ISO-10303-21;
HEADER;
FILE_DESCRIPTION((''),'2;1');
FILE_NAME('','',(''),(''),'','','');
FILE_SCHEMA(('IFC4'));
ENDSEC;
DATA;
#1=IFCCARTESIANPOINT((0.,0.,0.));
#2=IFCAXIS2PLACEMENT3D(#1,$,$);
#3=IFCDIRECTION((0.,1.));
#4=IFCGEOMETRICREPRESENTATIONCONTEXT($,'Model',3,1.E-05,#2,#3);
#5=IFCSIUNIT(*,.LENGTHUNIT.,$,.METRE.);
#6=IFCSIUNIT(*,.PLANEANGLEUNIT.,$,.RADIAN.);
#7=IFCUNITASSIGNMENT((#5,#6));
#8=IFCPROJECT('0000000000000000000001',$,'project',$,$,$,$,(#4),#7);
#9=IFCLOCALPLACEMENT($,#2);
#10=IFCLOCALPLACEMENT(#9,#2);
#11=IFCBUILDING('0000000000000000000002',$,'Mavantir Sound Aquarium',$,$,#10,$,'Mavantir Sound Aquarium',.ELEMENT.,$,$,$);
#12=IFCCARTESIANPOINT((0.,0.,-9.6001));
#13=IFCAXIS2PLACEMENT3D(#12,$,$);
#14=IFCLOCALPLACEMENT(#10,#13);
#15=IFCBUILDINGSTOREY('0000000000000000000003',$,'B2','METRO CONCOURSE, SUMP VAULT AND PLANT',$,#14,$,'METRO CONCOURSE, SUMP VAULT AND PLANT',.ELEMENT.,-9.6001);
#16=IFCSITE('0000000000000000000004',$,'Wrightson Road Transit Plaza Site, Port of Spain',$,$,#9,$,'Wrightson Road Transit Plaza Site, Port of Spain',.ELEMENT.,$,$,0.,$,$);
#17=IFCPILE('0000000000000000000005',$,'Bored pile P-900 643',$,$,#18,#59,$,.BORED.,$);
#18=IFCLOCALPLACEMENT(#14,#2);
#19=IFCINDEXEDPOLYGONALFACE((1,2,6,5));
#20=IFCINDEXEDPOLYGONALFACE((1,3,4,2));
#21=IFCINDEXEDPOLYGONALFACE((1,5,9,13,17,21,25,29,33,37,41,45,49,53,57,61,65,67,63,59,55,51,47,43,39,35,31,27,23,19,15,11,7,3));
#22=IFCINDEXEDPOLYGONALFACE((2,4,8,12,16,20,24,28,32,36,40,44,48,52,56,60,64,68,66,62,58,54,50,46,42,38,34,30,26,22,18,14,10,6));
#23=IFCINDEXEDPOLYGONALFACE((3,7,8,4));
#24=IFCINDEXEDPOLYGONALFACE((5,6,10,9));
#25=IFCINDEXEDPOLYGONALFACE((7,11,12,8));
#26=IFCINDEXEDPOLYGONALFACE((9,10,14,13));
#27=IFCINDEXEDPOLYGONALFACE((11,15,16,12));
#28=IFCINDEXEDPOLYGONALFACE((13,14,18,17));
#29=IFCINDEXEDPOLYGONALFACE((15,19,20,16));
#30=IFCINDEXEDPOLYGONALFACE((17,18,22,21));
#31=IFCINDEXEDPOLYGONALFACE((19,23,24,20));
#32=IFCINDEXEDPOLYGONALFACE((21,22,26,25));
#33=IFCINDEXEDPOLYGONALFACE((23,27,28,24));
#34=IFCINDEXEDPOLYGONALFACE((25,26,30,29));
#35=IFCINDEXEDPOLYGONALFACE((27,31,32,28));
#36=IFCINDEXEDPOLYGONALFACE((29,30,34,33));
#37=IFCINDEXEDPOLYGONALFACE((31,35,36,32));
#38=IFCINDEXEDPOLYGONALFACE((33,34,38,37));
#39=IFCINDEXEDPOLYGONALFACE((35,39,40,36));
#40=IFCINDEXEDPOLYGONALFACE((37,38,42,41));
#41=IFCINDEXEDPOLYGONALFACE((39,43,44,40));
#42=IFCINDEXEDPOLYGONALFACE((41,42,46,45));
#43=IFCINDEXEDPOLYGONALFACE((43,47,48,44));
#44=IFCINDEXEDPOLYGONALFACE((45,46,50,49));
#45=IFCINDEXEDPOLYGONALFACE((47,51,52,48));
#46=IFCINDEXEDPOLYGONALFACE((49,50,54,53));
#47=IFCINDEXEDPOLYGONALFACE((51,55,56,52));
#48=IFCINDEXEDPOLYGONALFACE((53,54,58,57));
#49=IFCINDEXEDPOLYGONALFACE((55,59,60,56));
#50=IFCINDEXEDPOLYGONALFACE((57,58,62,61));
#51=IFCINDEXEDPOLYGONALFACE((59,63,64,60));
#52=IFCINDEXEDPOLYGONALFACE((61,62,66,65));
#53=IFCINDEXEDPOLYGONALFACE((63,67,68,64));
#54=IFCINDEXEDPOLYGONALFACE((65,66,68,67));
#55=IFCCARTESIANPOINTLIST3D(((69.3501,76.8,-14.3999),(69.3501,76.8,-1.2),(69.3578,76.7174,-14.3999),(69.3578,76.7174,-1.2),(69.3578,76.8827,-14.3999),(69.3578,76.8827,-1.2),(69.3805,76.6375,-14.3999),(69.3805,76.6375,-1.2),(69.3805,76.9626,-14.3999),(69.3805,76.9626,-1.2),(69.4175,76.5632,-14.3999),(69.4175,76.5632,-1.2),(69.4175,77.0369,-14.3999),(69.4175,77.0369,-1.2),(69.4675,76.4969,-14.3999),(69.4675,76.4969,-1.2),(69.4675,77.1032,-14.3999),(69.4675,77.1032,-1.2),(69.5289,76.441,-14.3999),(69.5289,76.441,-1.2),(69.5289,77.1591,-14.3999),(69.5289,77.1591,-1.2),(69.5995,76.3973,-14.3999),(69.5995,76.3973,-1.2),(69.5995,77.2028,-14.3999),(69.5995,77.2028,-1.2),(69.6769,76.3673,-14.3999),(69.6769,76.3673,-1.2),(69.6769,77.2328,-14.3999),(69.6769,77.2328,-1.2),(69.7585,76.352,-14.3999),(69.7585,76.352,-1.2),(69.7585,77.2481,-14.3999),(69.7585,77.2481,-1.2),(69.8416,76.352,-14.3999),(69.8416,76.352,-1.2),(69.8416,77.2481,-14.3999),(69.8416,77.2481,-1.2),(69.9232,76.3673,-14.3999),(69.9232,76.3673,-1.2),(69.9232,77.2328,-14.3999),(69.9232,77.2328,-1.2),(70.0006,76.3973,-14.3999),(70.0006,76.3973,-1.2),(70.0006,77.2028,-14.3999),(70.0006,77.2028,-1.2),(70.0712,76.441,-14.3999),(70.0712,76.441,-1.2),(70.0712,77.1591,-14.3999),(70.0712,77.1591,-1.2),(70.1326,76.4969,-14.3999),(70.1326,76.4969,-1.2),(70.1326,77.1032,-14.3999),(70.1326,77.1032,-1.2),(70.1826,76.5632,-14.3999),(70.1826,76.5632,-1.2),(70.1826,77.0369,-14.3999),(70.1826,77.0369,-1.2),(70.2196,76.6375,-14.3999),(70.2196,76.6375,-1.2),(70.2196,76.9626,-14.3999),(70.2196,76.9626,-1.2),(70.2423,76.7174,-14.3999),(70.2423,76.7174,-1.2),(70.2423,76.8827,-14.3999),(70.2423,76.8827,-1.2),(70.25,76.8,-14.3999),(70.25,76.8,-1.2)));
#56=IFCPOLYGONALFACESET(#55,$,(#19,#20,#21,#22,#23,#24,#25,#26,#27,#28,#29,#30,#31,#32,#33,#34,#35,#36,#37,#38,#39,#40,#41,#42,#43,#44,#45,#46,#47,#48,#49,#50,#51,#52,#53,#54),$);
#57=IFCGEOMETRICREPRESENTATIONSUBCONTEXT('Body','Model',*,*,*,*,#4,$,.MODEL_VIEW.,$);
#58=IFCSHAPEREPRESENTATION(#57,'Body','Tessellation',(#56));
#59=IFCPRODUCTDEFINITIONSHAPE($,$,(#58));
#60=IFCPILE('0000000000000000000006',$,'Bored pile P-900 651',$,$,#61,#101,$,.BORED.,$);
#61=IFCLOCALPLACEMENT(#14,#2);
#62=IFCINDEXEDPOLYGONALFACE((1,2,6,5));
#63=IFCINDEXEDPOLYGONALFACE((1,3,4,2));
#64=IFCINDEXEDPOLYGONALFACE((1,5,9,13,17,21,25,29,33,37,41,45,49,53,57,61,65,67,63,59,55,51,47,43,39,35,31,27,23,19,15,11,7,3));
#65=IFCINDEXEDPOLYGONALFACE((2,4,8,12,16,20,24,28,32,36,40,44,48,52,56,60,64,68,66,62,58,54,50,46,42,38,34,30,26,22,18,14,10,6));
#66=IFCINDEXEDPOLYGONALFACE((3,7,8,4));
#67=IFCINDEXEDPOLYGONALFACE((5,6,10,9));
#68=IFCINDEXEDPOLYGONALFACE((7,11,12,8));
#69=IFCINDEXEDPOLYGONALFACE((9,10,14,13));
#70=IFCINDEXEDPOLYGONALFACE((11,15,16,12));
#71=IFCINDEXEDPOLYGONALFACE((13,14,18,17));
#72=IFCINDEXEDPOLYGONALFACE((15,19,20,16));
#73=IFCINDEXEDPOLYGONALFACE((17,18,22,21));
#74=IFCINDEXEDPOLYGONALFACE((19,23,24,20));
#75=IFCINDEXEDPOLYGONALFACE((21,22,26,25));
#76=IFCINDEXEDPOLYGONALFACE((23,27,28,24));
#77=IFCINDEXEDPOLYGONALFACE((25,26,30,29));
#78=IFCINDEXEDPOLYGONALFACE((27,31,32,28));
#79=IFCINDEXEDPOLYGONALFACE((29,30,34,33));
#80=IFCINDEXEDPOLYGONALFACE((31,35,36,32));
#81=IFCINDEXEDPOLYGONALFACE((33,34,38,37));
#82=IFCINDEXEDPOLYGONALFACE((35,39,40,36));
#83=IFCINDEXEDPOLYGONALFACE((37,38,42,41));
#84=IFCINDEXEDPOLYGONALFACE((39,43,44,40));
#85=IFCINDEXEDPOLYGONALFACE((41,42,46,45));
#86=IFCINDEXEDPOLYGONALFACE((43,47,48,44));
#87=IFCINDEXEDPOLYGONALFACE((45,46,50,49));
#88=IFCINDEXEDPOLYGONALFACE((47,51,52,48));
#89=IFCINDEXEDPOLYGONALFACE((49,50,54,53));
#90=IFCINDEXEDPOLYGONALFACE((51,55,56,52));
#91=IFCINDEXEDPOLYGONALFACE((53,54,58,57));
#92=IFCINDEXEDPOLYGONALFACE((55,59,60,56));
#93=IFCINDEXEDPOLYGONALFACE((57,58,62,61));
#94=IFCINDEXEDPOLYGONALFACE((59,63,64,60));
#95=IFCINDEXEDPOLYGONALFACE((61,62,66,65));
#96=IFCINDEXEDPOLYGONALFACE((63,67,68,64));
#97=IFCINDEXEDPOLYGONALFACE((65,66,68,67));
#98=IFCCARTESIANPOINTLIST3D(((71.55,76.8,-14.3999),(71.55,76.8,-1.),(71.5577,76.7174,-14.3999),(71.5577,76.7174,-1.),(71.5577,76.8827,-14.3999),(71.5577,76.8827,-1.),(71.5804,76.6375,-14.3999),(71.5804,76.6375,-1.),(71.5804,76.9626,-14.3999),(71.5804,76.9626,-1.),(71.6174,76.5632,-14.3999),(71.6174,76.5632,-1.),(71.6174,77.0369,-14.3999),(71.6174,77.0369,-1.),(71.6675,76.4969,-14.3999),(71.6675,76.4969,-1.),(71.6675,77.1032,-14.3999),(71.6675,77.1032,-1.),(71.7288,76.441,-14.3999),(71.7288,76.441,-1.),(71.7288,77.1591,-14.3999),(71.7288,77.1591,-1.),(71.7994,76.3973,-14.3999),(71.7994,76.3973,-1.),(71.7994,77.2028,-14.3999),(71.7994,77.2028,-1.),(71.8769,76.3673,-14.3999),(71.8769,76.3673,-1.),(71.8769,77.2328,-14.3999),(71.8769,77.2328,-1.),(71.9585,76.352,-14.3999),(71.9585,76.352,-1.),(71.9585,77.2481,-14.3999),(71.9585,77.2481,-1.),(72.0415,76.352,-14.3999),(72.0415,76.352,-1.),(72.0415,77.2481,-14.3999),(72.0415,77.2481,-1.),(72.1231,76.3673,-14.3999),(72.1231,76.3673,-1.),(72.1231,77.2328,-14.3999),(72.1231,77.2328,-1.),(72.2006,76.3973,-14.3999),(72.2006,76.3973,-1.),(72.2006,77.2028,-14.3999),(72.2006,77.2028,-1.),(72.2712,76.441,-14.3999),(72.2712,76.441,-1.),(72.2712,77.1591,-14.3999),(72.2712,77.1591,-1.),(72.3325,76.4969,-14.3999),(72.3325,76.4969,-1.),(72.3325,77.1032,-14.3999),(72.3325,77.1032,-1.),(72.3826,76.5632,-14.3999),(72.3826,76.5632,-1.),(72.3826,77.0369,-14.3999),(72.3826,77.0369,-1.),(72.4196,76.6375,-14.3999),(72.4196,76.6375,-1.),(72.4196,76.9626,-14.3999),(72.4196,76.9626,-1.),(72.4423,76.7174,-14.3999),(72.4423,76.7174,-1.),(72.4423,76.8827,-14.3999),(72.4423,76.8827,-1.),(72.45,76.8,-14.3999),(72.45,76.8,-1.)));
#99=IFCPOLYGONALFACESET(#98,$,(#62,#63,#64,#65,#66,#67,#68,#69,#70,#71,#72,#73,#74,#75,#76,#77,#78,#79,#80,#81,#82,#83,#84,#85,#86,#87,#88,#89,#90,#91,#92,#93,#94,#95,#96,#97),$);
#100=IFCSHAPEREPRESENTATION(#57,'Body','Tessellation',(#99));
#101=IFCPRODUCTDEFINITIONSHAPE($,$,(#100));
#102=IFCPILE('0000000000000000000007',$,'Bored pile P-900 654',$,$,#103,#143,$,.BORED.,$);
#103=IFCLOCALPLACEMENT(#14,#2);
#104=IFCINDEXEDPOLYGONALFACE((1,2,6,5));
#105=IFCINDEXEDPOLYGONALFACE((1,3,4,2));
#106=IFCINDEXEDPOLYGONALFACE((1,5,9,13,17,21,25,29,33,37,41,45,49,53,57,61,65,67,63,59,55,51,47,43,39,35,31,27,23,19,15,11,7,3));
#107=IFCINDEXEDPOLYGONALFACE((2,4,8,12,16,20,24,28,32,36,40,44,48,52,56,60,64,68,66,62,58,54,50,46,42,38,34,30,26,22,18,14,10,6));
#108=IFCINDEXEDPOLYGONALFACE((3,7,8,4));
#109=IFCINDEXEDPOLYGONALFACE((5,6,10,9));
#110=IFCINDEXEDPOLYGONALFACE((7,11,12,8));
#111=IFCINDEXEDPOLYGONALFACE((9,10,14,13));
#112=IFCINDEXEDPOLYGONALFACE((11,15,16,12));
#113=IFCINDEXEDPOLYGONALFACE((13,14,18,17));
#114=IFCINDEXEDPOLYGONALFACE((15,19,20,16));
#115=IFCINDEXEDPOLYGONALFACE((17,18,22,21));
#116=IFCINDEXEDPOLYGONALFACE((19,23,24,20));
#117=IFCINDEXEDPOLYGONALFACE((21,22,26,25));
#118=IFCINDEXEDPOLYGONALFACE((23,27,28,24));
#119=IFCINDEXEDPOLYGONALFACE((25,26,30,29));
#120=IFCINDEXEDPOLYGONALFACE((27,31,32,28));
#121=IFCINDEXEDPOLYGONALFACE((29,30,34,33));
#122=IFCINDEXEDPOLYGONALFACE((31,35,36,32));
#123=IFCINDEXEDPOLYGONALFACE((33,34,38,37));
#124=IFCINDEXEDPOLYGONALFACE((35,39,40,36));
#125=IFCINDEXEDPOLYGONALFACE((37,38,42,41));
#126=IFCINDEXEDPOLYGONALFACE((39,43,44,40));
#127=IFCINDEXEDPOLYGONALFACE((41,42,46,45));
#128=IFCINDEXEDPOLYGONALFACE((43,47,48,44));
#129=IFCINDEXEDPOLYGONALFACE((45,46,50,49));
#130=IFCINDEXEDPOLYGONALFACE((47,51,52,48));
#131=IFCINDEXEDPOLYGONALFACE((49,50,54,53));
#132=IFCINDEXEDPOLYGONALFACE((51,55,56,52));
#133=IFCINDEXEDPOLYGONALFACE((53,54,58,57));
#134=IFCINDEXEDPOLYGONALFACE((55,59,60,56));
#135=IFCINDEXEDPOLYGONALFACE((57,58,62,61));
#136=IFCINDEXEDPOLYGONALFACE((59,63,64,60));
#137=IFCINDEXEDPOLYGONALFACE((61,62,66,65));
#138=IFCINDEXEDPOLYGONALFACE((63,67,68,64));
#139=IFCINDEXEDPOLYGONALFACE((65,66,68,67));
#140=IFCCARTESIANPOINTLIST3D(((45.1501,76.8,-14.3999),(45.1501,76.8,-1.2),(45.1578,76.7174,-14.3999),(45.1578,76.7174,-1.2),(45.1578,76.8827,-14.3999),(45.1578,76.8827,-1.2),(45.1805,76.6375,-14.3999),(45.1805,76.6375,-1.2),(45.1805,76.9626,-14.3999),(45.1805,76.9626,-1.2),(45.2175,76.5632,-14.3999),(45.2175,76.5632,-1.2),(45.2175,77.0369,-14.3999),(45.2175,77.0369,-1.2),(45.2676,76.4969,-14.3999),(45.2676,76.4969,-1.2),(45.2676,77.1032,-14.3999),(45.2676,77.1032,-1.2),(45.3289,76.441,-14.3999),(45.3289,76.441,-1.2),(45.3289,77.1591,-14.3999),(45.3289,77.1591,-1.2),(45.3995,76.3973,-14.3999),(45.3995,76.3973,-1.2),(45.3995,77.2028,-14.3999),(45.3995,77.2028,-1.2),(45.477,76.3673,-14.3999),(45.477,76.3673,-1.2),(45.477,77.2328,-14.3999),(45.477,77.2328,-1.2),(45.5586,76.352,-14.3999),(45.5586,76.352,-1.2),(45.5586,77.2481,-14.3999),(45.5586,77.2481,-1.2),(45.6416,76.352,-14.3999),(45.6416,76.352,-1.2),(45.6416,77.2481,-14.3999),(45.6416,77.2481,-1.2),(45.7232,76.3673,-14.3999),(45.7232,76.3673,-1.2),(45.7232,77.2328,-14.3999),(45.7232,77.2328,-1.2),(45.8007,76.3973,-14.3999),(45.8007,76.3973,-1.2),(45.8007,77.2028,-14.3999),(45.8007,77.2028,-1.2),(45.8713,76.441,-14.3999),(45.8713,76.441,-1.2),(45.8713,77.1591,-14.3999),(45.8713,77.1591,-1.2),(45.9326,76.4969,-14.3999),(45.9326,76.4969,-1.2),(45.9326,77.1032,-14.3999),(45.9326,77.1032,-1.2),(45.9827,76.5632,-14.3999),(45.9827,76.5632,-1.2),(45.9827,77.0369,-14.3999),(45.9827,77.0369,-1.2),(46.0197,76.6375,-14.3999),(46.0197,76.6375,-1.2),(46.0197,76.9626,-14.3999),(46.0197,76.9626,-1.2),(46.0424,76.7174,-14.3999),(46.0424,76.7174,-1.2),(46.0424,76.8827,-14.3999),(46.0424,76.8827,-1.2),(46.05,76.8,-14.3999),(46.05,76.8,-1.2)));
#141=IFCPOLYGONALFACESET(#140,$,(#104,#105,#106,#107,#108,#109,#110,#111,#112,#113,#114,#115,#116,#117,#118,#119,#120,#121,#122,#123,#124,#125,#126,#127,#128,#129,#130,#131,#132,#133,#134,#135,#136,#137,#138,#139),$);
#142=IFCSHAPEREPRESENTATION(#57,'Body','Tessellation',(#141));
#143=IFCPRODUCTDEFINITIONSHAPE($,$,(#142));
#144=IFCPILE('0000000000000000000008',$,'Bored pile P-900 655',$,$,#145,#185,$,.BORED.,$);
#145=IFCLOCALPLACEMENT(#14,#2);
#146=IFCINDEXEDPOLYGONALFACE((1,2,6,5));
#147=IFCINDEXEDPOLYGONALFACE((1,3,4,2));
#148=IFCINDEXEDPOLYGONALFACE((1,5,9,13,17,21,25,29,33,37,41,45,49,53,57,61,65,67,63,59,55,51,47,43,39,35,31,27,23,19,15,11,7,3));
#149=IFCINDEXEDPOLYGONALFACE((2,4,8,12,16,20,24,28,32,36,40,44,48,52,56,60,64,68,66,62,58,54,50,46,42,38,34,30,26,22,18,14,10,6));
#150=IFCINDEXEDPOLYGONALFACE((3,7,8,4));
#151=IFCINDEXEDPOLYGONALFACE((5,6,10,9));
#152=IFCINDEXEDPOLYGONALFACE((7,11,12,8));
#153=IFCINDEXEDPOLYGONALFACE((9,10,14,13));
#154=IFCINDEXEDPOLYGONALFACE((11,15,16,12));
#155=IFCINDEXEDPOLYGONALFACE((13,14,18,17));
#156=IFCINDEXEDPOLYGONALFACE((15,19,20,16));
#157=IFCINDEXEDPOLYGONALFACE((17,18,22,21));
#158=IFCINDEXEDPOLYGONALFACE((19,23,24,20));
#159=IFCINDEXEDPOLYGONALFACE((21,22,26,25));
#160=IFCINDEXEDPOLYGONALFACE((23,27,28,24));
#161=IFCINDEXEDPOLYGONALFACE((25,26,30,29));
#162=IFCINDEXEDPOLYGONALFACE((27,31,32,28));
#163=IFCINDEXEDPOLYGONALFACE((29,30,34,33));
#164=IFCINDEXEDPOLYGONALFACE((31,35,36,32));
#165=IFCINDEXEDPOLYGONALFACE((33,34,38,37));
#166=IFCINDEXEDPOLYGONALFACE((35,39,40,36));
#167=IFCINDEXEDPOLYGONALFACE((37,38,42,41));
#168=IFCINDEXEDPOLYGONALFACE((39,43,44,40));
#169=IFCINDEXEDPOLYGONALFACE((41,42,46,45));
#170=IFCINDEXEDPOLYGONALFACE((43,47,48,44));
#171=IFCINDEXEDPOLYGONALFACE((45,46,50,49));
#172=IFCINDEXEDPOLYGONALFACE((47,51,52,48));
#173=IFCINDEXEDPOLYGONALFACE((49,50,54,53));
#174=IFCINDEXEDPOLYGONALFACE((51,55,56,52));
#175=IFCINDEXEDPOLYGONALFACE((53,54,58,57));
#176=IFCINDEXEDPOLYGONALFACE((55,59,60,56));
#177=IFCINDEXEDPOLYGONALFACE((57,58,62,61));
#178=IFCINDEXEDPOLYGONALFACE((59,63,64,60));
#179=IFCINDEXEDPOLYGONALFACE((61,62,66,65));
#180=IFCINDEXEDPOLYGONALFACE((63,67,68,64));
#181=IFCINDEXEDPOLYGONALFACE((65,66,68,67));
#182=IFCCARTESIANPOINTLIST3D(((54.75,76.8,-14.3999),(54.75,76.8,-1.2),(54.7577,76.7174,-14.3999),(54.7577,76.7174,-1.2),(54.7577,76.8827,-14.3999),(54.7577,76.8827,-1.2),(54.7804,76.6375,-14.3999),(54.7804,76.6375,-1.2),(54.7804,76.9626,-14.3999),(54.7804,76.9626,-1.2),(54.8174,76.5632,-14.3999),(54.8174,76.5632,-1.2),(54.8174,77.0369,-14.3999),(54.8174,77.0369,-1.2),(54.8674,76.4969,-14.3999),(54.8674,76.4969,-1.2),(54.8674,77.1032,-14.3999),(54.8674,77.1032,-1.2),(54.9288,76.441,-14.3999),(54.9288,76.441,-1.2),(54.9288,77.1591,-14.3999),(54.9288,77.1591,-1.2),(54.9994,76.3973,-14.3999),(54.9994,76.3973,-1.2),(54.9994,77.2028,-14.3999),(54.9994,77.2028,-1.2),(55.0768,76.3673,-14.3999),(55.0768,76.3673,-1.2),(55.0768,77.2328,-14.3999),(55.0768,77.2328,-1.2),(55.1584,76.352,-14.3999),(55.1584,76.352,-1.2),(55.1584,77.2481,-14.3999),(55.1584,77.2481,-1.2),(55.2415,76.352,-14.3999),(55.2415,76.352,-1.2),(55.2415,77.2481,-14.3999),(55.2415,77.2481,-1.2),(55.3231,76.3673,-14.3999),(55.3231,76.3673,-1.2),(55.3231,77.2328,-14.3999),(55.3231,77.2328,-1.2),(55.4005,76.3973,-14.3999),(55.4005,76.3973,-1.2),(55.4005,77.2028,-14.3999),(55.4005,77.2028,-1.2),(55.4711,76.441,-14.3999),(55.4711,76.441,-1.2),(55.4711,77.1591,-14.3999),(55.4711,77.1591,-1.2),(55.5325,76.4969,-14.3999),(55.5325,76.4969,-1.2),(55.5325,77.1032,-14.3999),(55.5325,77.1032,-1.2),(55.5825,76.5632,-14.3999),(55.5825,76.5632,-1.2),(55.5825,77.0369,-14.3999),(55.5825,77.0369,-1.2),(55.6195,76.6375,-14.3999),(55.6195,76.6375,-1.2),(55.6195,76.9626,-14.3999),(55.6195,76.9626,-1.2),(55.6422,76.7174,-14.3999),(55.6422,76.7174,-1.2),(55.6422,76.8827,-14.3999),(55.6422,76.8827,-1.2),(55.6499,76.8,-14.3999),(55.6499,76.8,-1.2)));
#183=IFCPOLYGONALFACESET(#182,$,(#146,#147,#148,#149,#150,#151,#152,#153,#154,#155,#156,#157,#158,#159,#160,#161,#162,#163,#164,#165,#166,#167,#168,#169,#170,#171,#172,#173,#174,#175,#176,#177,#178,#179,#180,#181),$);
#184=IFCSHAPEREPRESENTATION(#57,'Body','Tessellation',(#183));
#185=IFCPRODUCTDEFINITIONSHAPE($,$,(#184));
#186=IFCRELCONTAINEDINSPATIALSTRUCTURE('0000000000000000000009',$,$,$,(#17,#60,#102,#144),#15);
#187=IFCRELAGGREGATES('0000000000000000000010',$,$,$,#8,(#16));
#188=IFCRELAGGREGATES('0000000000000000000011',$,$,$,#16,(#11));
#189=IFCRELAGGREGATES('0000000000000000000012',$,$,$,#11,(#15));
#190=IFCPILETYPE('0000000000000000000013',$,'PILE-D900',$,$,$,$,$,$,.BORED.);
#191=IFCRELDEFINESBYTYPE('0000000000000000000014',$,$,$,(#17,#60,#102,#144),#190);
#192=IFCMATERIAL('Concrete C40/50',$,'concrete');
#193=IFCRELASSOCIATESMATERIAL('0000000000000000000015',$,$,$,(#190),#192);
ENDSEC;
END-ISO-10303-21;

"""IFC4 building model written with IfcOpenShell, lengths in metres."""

from ifc_helpers import new_model, si_unit, direction, frame, origin, origin_2d, place, context, subcontext, project, spatial, circle, extrude, material, material_profile, profile_set, type_object, element, save


model = new_model("IFC4")

# Units and contexts
model_context = context("Model", 3, precision=1e-05, world=origin(), true_north=direction((0.0, 1.0)))
body_context = subcontext(model_context, "Body", "Model", "MODEL_VIEW")
ifc_project = project(units=[si_unit("LENGTHUNIT", "METRE"), si_unit("PLANEANGLEUNIT", "RADIAN")], contexts=[model_context])

# Site, building, storey
site_placement = place(None, origin())
site = spatial("IfcSite", under=ifc_project, at=site_placement, Name="Wrightson Road Transit Plaza Site, Port of Spain", LongName="Wrightson Road Transit Plaza Site, Port of Spain", CompositionType="ELEMENT", RefElevation=0.0)
building_placement = place(site_placement, origin())
building = spatial("IfcBuilding", under=site, at=building_placement, Name="Mavantir Sound Aquarium", LongName="Mavantir Sound Aquarium", CompositionType="ELEMENT")
storey_placement = place(building_placement, frame((0.0, 0.0, -9.6001)))
storey = spatial("IfcBuildingStorey", under=building, at=storey_placement, Name="B2", Description="METRO CONCOURSE, SUMP VAULT AND PLANT", LongName="METRO CONCOURSE, SUMP VAULT AND PLANT", CompositionType="ELEMENT", Elevation=-9.6001)

# Shared definitions
ifc_material_1 = material(Name="Concrete C40/50", Category="concrete")

# Piles
ifc_material_profile_1 = material_profile(ifc_material_1, circle(Radius=0.45, at=origin_2d()), Name="PILE D900")
ifc_profile_set_1 = profile_set([ifc_material_profile_1], Name="Concrete C40/50")
pile_type_1 = type_object("IfcPileType", Name="PILE-D900", PredefinedType="BORED", material=ifc_profile_set_1)
pile_1_placement = place(storey_placement, frame((69.8, 76.8, -1.2), z_axis=(0.0, 0.0, -1.0), x_axis=(1.0, 0.0, 0.0)))
element("IfcPile", 1, at=pile_1_placement, inside=storey, type_object=pile_type_1, Name="Bored pile P-900 643", PredefinedType="BORED", context=body_context, shape_type="SweptSolid", body=[
    extrude(circle(Radius=0.45, at=origin_2d()), origin(), (0.0, 0.0, 1.0), 13.2),
])
pile_2_placement = place(storey_placement, frame((72.0, 76.8, -1.0), z_axis=(0.0, 0.0, -1.0), x_axis=(1.0, 0.0, 0.0)))
element("IfcPile", 2, at=pile_2_placement, inside=storey, type_object=pile_type_1, Name="Bored pile P-900 651", PredefinedType="BORED", context=body_context, shape_type="SweptSolid", body=[
    extrude(circle(Radius=0.45, at=origin_2d()), origin(), (0.0, 0.0, 1.0), 13.3999),
])
for number, where, z_axis, x_axis, name in (
    (3, (45.6001, 76.8, -1.2), (0.0, 0.0, -1.0), (1.0, 0.0, 0.0), "Bored pile P-900 654"),
    (4, (55.2, 76.8, -1.2), (0.0, 0.0, -1.0), (1.0, 0.0, 0.0), "Bored pile P-900 655"),
):
    element("IfcPile", number, at=place(storey_placement, frame(where, z_axis=z_axis, x_axis=x_axis)), inside=storey, type_object=pile_type_1, Name=name, PredefinedType="BORED", context=body_context, shape_type="SweptSolid", body=[
        extrude(circle(Radius=0.45, at=origin_2d()), origin(), (0.0, 0.0, 1.0), 13.2),
    ])

save(model, "model.ifc")
